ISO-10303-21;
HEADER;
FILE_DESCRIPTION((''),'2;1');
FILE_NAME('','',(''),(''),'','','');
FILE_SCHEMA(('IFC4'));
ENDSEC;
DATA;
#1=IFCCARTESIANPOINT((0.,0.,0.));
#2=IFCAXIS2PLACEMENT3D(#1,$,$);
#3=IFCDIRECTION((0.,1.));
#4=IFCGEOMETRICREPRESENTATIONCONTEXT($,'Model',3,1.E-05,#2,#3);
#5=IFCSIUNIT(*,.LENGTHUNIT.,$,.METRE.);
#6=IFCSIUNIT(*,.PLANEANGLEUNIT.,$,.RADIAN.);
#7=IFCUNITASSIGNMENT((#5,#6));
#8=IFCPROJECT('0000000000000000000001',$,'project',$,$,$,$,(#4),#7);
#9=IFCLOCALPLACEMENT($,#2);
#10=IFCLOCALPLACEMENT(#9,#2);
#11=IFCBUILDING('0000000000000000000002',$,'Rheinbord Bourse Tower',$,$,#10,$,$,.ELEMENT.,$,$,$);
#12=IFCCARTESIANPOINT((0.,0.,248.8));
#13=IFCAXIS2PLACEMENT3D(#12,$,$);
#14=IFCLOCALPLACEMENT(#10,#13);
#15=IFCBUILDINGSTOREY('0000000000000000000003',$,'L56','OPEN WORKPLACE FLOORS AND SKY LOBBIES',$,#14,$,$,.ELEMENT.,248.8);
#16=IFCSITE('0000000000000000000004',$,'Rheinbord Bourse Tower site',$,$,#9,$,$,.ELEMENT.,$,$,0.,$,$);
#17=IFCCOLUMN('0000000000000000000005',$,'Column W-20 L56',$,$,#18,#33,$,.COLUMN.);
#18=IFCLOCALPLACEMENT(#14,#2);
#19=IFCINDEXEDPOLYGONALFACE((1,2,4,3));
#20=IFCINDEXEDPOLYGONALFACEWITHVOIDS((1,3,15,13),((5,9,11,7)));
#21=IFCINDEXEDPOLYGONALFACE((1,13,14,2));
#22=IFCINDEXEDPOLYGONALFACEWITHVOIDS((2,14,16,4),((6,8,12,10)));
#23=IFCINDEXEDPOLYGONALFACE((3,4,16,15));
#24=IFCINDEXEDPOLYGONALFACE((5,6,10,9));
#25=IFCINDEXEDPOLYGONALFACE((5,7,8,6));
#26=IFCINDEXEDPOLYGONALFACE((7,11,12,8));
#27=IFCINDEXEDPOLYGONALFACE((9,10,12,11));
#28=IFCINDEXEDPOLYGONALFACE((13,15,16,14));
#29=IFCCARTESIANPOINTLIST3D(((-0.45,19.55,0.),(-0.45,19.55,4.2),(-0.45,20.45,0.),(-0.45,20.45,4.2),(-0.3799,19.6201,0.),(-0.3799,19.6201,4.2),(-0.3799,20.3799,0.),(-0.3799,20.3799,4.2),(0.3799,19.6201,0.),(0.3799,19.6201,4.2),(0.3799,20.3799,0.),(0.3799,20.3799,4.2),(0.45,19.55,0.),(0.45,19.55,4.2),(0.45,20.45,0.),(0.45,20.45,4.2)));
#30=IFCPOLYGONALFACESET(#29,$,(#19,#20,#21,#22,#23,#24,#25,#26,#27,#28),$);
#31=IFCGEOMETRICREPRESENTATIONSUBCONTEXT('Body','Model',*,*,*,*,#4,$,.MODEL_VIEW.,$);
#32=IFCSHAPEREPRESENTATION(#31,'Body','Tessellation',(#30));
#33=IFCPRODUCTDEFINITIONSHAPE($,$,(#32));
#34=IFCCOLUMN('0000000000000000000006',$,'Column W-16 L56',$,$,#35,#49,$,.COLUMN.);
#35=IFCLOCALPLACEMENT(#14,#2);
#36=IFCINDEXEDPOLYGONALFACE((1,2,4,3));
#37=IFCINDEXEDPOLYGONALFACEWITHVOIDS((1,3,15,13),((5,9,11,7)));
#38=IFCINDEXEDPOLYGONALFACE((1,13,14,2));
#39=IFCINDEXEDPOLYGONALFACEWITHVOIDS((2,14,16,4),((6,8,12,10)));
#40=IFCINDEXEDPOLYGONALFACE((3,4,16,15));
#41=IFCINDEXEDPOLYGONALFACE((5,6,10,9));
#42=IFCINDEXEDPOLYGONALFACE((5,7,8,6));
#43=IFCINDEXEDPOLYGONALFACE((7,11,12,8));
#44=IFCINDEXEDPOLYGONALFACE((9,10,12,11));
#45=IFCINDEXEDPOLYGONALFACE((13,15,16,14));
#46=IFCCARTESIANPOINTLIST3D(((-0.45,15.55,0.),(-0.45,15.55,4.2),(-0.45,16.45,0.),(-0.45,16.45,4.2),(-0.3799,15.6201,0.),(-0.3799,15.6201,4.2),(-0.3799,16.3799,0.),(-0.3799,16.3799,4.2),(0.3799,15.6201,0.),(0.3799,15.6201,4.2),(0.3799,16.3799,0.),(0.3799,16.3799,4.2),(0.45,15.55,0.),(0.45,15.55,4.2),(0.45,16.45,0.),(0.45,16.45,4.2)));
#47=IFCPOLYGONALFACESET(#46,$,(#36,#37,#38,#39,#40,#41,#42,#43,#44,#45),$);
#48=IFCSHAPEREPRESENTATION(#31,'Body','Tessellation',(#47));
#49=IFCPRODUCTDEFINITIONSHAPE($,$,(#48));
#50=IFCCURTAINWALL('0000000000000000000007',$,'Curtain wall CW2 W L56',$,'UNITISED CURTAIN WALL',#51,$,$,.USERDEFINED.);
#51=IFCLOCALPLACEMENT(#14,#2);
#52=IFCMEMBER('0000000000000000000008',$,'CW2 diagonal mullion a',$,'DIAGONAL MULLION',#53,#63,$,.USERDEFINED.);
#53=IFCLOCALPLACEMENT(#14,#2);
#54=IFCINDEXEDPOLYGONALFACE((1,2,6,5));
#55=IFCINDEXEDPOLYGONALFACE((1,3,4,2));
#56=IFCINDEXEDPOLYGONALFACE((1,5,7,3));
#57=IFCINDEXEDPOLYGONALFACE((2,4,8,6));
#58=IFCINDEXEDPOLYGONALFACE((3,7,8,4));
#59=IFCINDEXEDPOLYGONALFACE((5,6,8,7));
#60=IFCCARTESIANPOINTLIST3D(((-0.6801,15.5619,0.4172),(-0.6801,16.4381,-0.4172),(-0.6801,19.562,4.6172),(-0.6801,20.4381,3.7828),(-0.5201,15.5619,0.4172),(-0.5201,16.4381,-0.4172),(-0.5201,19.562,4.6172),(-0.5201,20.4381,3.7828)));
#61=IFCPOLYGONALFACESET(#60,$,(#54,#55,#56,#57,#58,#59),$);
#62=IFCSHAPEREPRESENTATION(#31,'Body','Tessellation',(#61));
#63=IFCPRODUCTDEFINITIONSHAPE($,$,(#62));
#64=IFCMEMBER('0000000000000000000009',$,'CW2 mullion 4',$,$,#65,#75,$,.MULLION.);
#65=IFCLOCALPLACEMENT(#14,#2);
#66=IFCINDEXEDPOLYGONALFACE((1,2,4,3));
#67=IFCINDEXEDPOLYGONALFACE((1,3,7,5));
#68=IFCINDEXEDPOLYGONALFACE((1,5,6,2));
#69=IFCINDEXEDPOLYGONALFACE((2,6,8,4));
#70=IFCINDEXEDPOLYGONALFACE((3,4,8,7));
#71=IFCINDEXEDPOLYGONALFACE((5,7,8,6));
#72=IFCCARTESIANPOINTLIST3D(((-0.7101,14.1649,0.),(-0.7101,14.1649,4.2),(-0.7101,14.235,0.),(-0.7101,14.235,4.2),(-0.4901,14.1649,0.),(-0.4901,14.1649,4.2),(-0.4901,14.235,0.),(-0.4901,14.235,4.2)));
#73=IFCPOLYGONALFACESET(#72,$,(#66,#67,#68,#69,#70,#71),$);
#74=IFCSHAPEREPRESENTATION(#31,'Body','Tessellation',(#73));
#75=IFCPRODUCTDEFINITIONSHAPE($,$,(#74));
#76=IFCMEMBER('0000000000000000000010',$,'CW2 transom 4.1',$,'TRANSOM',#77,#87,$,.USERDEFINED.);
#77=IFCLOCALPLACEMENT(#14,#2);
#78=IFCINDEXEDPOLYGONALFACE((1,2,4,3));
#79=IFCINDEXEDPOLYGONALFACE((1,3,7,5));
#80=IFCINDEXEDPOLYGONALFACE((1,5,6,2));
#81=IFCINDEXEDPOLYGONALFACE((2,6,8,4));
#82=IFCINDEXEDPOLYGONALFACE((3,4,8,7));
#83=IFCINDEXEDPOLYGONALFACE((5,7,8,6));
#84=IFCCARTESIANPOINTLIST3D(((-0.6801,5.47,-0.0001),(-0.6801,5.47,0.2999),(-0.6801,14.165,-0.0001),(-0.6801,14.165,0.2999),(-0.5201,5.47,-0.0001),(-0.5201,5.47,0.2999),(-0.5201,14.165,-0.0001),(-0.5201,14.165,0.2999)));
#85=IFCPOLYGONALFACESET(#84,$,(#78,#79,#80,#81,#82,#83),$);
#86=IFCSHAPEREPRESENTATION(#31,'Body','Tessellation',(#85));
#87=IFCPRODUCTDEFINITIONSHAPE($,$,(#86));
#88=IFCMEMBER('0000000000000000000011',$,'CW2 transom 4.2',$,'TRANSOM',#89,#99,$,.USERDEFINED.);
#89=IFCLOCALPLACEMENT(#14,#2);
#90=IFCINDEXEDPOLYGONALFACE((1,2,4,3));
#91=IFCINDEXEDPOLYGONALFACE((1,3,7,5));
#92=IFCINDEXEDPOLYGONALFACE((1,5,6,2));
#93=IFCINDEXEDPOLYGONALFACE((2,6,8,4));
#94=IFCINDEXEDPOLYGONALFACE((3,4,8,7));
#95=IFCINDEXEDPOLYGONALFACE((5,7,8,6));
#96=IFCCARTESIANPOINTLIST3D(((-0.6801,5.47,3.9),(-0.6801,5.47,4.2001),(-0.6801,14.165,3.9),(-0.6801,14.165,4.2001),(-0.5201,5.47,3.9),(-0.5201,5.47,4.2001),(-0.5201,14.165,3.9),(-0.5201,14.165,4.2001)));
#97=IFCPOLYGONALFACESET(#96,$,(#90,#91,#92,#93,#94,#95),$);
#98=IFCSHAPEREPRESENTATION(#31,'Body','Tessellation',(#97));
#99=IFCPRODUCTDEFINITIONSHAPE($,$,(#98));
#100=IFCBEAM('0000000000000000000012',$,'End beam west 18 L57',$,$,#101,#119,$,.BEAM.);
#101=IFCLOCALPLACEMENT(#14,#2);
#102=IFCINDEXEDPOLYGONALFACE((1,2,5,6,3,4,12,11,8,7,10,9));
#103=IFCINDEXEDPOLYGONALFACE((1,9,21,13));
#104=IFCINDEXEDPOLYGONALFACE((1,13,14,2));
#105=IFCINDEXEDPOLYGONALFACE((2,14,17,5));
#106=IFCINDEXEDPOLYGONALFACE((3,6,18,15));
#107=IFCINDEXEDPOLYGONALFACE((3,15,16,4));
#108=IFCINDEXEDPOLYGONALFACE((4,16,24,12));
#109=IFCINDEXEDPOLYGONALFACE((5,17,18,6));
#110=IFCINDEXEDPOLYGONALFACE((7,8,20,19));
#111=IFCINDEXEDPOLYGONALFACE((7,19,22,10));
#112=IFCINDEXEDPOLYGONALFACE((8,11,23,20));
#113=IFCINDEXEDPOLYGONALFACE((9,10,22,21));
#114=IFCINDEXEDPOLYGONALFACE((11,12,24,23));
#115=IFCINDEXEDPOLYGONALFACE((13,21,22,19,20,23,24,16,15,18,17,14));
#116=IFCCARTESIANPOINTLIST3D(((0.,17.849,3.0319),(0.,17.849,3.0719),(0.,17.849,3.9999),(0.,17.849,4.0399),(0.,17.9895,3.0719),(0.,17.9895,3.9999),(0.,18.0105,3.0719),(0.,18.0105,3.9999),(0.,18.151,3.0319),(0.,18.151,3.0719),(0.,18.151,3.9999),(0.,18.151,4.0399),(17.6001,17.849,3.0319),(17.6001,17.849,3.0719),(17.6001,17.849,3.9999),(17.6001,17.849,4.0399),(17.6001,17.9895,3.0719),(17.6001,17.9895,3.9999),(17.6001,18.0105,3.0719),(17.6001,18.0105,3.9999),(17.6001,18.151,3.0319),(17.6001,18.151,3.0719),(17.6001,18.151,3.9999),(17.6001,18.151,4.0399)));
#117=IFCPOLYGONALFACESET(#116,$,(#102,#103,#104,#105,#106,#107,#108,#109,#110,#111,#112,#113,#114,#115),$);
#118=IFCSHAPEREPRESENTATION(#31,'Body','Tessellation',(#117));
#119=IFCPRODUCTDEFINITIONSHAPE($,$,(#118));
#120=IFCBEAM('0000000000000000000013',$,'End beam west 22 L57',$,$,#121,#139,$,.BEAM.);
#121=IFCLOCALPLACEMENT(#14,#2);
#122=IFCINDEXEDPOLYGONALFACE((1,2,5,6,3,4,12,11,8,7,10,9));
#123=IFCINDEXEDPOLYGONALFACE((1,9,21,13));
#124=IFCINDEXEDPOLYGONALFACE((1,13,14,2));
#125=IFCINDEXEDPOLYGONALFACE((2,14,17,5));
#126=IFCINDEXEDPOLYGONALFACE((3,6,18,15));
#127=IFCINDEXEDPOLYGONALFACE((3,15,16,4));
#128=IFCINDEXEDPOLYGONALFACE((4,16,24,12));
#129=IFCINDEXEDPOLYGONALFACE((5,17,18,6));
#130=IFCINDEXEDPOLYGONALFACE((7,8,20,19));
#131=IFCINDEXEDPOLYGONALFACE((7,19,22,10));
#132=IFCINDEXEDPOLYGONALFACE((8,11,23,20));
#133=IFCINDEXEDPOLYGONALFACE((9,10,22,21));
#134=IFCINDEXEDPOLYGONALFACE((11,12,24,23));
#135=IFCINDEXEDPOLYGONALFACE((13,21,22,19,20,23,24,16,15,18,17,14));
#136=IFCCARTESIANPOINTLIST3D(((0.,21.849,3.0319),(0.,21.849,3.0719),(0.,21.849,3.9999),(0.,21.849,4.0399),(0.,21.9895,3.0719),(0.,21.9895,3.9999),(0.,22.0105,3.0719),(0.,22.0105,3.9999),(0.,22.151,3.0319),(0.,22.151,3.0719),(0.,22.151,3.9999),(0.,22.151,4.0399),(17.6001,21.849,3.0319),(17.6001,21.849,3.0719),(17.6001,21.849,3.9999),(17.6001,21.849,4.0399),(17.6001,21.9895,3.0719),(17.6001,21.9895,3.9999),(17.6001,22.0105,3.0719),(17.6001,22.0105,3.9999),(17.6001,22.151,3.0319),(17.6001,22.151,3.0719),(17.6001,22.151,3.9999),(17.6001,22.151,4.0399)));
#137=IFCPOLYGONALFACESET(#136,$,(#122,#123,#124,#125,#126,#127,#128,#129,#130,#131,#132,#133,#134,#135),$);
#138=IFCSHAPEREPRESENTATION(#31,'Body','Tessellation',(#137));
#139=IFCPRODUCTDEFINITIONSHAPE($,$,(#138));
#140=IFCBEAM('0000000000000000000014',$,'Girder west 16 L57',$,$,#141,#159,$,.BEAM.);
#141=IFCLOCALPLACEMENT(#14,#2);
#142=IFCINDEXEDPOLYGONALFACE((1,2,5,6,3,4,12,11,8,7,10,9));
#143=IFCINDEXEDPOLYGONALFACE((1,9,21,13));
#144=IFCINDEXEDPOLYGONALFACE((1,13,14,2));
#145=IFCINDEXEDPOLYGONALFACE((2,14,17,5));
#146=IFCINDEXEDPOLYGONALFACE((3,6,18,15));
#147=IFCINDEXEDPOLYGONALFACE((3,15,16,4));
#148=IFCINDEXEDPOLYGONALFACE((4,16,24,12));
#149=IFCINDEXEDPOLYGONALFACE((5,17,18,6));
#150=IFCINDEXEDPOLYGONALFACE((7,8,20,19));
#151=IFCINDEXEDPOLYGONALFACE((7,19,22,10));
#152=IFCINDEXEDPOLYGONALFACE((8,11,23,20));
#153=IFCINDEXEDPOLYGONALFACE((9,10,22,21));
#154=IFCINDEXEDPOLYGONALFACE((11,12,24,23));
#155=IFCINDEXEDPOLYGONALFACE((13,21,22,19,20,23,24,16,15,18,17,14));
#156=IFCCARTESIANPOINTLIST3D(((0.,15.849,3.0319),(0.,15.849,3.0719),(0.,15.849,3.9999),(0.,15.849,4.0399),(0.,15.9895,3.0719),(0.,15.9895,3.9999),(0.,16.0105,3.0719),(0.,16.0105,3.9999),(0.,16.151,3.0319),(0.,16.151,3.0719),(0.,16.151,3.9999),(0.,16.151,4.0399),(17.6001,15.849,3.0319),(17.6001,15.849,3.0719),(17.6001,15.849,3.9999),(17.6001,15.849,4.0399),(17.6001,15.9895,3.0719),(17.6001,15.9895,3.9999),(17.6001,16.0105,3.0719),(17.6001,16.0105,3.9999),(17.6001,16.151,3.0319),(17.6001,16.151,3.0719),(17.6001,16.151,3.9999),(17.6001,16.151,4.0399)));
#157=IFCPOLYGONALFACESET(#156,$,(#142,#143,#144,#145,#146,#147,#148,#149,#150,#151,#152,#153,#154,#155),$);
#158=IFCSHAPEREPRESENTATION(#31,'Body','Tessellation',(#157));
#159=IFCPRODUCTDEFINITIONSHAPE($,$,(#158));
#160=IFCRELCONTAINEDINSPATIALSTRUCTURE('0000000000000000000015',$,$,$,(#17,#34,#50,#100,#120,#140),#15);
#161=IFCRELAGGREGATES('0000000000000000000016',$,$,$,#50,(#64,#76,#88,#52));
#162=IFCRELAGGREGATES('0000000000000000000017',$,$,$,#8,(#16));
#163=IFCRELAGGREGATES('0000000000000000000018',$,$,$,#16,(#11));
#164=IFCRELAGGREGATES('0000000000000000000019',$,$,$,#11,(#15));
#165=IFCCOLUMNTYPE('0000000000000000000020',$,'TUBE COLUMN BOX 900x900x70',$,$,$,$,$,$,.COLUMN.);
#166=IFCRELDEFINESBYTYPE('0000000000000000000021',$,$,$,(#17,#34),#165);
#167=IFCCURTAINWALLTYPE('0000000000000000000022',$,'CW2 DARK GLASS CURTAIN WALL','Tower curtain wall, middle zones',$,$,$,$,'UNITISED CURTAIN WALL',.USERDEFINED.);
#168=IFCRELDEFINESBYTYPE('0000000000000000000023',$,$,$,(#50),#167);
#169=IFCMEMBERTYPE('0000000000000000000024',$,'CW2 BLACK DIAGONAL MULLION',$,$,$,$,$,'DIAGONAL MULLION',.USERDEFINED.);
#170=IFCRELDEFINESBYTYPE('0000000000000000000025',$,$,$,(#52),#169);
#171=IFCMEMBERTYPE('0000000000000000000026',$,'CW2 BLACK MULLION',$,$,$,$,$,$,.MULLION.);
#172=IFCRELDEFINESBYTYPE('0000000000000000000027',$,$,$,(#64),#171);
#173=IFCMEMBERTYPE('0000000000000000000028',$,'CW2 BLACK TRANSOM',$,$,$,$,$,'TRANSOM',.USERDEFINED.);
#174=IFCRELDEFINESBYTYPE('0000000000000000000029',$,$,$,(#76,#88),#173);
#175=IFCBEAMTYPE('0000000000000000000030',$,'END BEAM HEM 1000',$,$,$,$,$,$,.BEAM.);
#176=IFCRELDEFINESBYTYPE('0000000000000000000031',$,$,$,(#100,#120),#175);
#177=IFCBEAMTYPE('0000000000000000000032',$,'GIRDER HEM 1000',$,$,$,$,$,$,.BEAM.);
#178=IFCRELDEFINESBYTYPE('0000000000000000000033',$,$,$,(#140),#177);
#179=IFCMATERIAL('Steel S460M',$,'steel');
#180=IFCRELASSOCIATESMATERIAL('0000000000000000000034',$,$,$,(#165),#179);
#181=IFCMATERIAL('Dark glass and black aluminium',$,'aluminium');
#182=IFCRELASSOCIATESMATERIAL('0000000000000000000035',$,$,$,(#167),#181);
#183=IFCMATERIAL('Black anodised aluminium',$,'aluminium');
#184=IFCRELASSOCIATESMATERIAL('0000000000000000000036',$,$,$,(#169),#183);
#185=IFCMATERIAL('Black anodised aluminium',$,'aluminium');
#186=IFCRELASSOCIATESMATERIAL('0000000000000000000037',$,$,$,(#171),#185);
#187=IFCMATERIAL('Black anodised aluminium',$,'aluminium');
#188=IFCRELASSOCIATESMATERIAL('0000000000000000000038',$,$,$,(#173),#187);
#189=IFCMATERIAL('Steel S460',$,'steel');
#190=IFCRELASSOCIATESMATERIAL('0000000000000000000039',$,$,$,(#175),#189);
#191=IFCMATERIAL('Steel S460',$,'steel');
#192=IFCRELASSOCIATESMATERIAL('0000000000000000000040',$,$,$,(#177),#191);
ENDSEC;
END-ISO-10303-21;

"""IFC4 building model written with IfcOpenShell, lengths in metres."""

from ifc_helpers import new_model, si_unit, direction, frame, origin, origin_2d, place, context, subcontext, project, spatial, rectangle, hollow_rectangle, i_section, extrude, material, material_profile, profile_set, type_object, element, aggregate, save


model = new_model("IFC4")

# Units and contexts
model_context = context("Model", 3, precision=1e-05, world=origin(), true_north=direction((0.0, 1.0)))
body_context = subcontext(model_context, "Body", "Model", "MODEL_VIEW")
ifc_project = project(units=[si_unit("LENGTHUNIT", "METRE"), si_unit("PLANEANGLEUNIT", "RADIAN")], contexts=[model_context])

# Site, building, storey
site_placement = place(None, origin())
site = spatial("IfcSite", under=ifc_project, at=site_placement, Name="Rheinbord Bourse Tower site", CompositionType="ELEMENT", RefElevation=0.0)
building_placement = place(site_placement, origin())
building = spatial("IfcBuilding", under=site, at=building_placement, Name="Rheinbord Bourse Tower", CompositionType="ELEMENT")
storey_placement = place(building_placement, frame((0.0, 0.0, 248.8)))
storey = spatial("IfcBuildingStorey", under=building, at=storey_placement, Name="L56", Description="OPEN WORKPLACE FLOORS AND SKY LOBBIES", CompositionType="ELEMENT", Elevation=248.8)

# Columns
ifc_material_1 = material(Name="Steel S460M", Category="steel")
ifc_material_profile_1 = material_profile(ifc_material_1, hollow_rectangle(XDim=0.8999, YDim=0.8999, WallThickness=0.0701, at=origin_2d()), Name="BOX 900x900x70")
ifc_profile_set_1 = profile_set([ifc_material_profile_1], Name="Steel S460M")
column_type = type_object("IfcColumnType", Name="TUBE COLUMN BOX 900x900x70", PredefinedType="COLUMN", material=ifc_profile_set_1)
for number, where, z_axis, x_axis, name in (
    (1, (0.0, 20.0, 0.0), (0.0, 0.0, 1.0), (1.0, 0.0, 0.0), "Column W-20 L56"),
    (2, (0.0, 16.0, 0.0), (0.0, 0.0, 1.0), (1.0, 0.0, 0.0), "Column W-16 L56"),
):
    element("IfcColumn", number, at=place(storey_placement, frame(where, z_axis=z_axis, x_axis=x_axis)), inside=storey, type_object=column_type, Name=name, PredefinedType="COLUMN", context=body_context, shape_type="SweptSolid", body=[
        extrude(hollow_rectangle(XDim=0.8999, YDim=0.8999, WallThickness=0.0701, at=origin_2d()), origin(), (0.0, 0.0, 1.0), 4.2),
    ])

# Curtain wall, members
ifc_material_2 = material(Name="Dark glass and black aluminium", Category="aluminium")
curtain_wall_type = type_object("IfcCurtainWallType", Name="CW2 DARK GLASS CURTAIN WALL", Description="Tower curtain wall, middle zones", ElementType="UNITISED CURTAIN WALL", PredefinedType="USERDEFINED", material=ifc_material_2)
curtain_wall_placement = place(storey_placement, origin())
curtain_wall = element("IfcCurtainWall", 3, at=curtain_wall_placement, inside=storey, type_object=curtain_wall_type, Name="Curtain wall CW2 W L56", ObjectType="UNITISED CURTAIN WALL", PredefinedType="USERDEFINED")
ifc_material_3 = material(Name="Black anodised aluminium", Category="aluminium")
ifc_material_profile_2 = material_profile(ifc_material_3, rectangle(XDim=0.1599, YDim=1.21, at=origin_2d()), Name="CW2 DIAGONAL MULLION 1210x160")
ifc_profile_set_2 = profile_set([ifc_material_profile_2], Name="Black anodised aluminium")
member_type_1 = type_object("IfcMemberType", Name="CW2 BLACK DIAGONAL MULLION", ElementType="DIAGONAL MULLION", PredefinedType="USERDEFINED", material=ifc_profile_set_2)
member_1_placement = place(storey_placement, frame((-0.6001, 16.0, 0.0), z_axis=(0.0, 0.689659, 0.724134), x_axis=(-1.0, 0.0, 0.0)))
member_1 = element("IfcMember", 4, at=member_1_placement, type_object=member_type_1, Name="CW2 diagonal mullion a", ObjectType="DIAGONAL MULLION", PredefinedType="USERDEFINED", context=body_context, shape_type="SweptSolid", body=[
    extrude(rectangle(XDim=0.1599, YDim=1.21, at=origin_2d()), origin(), (0.0, 0.0, 1.0), 5.8),
])
ifc_material_4 = material(Name="Black anodised aluminium", Category="aluminium")
ifc_material_profile_3 = material_profile(ifc_material_4, rectangle(XDim=0.22, YDim=0.0701, at=origin_2d()), Name="CW2 MULLION 70x220")
ifc_profile_set_3 = profile_set([ifc_material_profile_3], Name="Black anodised aluminium")
member_type_2 = type_object("IfcMemberType", Name="CW2 BLACK MULLION", PredefinedType="MULLION", material=ifc_profile_set_3)
member_2_placement = place(storey_placement, frame((-0.6001, 14.2, 0.0), z_axis=(0.0, 0.0, 1.0), x_axis=(1.0, 0.0, 0.0)))
member_2 = element("IfcMember", 5, at=member_2_placement, type_object=member_type_2, Name="CW2 mullion 4", PredefinedType="MULLION", context=body_context, shape_type="SweptSolid", body=[
    extrude(rectangle(XDim=0.22, YDim=0.0701, at=origin_2d()), origin(), (0.0, 0.0, 1.0), 4.2),
])
ifc_material_5 = material(Name="Black anodised aluminium", Category="aluminium")
ifc_material_profile_4 = material_profile(ifc_material_5, rectangle(XDim=0.1599, YDim=0.3, at=origin_2d()), Name="CW2 TRANSOM 300x160")
ifc_profile_set_4 = profile_set([ifc_material_profile_4], Name="Black anodised aluminium")
member_type_3 = type_object("IfcMemberType", Name="CW2 BLACK TRANSOM", ElementType="TRANSOM", PredefinedType="USERDEFINED", material=ifc_profile_set_4)
member_3_placement = place(storey_placement, frame((-0.6001, 14.165, 0.1499), z_axis=(0.0, -1.0, 0.0), x_axis=(1.0, 0.0, 0.0)))
member_3 = element("IfcMember", 6, at=member_3_placement, type_object=member_type_3, Name="CW2 transom 4.1", ObjectType="TRANSOM", PredefinedType="USERDEFINED", context=body_context, shape_type="SweptSolid", body=[
    extrude(rectangle(XDim=0.1599, YDim=0.3, at=origin_2d()), origin(), (0.0, 0.0, 1.0), 8.6951),
])
member_4_placement = place(storey_placement, frame((-0.6001, 14.165, 4.05), z_axis=(0.0, -1.0, 0.0), x_axis=(1.0, 0.0, 0.0)))
member_4 = element("IfcMember", 7, at=member_4_placement, type_object=member_type_3, Name="CW2 transom 4.2", ObjectType="TRANSOM", PredefinedType="USERDEFINED", context=body_context, shape_type="SweptSolid", body=[
    extrude(rectangle(XDim=0.1599, YDim=0.3, at=origin_2d()), origin(), (0.0, 0.0, 1.0), 8.6951),
])

# Beams
ifc_material_6 = material(Name="Steel S460", Category="steel")
ifc_material_profile_5 = material_profile(ifc_material_6, i_section(OverallWidth=0.302, OverallDepth=1.0081, WebThickness=0.021, FlangeThickness=0.04, at=origin_2d()), Name="HEM 1000")
ifc_profile_set_5 = profile_set([ifc_material_profile_5], Name="Steel S460")
beam_type_1 = type_object("IfcBeamType", Name="END BEAM HEM 1000", PredefinedType="BEAM", material=ifc_profile_set_5)
for number, where, z_axis, x_axis, name in (
    (8, (0.0, 18.0, 3.5359), (1.0, 0.0, 0.0), (0.0, 1.0, 0.0), "End beam west 18 L57"),
    (9, (0.0, 22.0, 3.5359), (1.0, 0.0, 0.0), (0.0, 1.0, 0.0), "End beam west 22 L57"),
):
    element("IfcBeam", number, at=place(storey_placement, frame(where, z_axis=z_axis, x_axis=x_axis)), inside=storey, type_object=beam_type_1, Name=name, PredefinedType="BEAM", context=body_context, shape_type="SweptSolid", body=[
        extrude(i_section(OverallWidth=0.302, OverallDepth=1.0081, WebThickness=0.021, FlangeThickness=0.04, at=origin_2d()), origin(), (0.0, 0.0, 1.0), 17.6001),
    ])
ifc_material_7 = material(Name="Steel S460", Category="steel")
ifc_material_profile_6 = material_profile(ifc_material_7, i_section(OverallWidth=0.302, OverallDepth=1.0081, WebThickness=0.021, FlangeThickness=0.04, at=origin_2d()), Name="HEM 1000")
ifc_profile_set_6 = profile_set([ifc_material_profile_6], Name="Steel S460")
beam_type_2 = type_object("IfcBeamType", Name="GIRDER HEM 1000", PredefinedType="BEAM", material=ifc_profile_set_6)
beam_placement = place(storey_placement, frame((0.0, 16.0, 3.5359), z_axis=(1.0, 0.0, 0.0), x_axis=(0.0, 1.0, 0.0)))
element("IfcBeam", 10, at=beam_placement, inside=storey, type_object=beam_type_2, Name="Girder west 16 L57", PredefinedType="BEAM", context=body_context, shape_type="SweptSolid", body=[
    extrude(i_section(OverallWidth=0.302, OverallDepth=1.0081, WebThickness=0.021, FlangeThickness=0.04, at=origin_2d()), origin(), (0.0, 0.0, 1.0), 17.6001),
])

aggregate(curtain_wall, [member_2, member_3, member_4, member_1])

save(model, "model.ifc")
